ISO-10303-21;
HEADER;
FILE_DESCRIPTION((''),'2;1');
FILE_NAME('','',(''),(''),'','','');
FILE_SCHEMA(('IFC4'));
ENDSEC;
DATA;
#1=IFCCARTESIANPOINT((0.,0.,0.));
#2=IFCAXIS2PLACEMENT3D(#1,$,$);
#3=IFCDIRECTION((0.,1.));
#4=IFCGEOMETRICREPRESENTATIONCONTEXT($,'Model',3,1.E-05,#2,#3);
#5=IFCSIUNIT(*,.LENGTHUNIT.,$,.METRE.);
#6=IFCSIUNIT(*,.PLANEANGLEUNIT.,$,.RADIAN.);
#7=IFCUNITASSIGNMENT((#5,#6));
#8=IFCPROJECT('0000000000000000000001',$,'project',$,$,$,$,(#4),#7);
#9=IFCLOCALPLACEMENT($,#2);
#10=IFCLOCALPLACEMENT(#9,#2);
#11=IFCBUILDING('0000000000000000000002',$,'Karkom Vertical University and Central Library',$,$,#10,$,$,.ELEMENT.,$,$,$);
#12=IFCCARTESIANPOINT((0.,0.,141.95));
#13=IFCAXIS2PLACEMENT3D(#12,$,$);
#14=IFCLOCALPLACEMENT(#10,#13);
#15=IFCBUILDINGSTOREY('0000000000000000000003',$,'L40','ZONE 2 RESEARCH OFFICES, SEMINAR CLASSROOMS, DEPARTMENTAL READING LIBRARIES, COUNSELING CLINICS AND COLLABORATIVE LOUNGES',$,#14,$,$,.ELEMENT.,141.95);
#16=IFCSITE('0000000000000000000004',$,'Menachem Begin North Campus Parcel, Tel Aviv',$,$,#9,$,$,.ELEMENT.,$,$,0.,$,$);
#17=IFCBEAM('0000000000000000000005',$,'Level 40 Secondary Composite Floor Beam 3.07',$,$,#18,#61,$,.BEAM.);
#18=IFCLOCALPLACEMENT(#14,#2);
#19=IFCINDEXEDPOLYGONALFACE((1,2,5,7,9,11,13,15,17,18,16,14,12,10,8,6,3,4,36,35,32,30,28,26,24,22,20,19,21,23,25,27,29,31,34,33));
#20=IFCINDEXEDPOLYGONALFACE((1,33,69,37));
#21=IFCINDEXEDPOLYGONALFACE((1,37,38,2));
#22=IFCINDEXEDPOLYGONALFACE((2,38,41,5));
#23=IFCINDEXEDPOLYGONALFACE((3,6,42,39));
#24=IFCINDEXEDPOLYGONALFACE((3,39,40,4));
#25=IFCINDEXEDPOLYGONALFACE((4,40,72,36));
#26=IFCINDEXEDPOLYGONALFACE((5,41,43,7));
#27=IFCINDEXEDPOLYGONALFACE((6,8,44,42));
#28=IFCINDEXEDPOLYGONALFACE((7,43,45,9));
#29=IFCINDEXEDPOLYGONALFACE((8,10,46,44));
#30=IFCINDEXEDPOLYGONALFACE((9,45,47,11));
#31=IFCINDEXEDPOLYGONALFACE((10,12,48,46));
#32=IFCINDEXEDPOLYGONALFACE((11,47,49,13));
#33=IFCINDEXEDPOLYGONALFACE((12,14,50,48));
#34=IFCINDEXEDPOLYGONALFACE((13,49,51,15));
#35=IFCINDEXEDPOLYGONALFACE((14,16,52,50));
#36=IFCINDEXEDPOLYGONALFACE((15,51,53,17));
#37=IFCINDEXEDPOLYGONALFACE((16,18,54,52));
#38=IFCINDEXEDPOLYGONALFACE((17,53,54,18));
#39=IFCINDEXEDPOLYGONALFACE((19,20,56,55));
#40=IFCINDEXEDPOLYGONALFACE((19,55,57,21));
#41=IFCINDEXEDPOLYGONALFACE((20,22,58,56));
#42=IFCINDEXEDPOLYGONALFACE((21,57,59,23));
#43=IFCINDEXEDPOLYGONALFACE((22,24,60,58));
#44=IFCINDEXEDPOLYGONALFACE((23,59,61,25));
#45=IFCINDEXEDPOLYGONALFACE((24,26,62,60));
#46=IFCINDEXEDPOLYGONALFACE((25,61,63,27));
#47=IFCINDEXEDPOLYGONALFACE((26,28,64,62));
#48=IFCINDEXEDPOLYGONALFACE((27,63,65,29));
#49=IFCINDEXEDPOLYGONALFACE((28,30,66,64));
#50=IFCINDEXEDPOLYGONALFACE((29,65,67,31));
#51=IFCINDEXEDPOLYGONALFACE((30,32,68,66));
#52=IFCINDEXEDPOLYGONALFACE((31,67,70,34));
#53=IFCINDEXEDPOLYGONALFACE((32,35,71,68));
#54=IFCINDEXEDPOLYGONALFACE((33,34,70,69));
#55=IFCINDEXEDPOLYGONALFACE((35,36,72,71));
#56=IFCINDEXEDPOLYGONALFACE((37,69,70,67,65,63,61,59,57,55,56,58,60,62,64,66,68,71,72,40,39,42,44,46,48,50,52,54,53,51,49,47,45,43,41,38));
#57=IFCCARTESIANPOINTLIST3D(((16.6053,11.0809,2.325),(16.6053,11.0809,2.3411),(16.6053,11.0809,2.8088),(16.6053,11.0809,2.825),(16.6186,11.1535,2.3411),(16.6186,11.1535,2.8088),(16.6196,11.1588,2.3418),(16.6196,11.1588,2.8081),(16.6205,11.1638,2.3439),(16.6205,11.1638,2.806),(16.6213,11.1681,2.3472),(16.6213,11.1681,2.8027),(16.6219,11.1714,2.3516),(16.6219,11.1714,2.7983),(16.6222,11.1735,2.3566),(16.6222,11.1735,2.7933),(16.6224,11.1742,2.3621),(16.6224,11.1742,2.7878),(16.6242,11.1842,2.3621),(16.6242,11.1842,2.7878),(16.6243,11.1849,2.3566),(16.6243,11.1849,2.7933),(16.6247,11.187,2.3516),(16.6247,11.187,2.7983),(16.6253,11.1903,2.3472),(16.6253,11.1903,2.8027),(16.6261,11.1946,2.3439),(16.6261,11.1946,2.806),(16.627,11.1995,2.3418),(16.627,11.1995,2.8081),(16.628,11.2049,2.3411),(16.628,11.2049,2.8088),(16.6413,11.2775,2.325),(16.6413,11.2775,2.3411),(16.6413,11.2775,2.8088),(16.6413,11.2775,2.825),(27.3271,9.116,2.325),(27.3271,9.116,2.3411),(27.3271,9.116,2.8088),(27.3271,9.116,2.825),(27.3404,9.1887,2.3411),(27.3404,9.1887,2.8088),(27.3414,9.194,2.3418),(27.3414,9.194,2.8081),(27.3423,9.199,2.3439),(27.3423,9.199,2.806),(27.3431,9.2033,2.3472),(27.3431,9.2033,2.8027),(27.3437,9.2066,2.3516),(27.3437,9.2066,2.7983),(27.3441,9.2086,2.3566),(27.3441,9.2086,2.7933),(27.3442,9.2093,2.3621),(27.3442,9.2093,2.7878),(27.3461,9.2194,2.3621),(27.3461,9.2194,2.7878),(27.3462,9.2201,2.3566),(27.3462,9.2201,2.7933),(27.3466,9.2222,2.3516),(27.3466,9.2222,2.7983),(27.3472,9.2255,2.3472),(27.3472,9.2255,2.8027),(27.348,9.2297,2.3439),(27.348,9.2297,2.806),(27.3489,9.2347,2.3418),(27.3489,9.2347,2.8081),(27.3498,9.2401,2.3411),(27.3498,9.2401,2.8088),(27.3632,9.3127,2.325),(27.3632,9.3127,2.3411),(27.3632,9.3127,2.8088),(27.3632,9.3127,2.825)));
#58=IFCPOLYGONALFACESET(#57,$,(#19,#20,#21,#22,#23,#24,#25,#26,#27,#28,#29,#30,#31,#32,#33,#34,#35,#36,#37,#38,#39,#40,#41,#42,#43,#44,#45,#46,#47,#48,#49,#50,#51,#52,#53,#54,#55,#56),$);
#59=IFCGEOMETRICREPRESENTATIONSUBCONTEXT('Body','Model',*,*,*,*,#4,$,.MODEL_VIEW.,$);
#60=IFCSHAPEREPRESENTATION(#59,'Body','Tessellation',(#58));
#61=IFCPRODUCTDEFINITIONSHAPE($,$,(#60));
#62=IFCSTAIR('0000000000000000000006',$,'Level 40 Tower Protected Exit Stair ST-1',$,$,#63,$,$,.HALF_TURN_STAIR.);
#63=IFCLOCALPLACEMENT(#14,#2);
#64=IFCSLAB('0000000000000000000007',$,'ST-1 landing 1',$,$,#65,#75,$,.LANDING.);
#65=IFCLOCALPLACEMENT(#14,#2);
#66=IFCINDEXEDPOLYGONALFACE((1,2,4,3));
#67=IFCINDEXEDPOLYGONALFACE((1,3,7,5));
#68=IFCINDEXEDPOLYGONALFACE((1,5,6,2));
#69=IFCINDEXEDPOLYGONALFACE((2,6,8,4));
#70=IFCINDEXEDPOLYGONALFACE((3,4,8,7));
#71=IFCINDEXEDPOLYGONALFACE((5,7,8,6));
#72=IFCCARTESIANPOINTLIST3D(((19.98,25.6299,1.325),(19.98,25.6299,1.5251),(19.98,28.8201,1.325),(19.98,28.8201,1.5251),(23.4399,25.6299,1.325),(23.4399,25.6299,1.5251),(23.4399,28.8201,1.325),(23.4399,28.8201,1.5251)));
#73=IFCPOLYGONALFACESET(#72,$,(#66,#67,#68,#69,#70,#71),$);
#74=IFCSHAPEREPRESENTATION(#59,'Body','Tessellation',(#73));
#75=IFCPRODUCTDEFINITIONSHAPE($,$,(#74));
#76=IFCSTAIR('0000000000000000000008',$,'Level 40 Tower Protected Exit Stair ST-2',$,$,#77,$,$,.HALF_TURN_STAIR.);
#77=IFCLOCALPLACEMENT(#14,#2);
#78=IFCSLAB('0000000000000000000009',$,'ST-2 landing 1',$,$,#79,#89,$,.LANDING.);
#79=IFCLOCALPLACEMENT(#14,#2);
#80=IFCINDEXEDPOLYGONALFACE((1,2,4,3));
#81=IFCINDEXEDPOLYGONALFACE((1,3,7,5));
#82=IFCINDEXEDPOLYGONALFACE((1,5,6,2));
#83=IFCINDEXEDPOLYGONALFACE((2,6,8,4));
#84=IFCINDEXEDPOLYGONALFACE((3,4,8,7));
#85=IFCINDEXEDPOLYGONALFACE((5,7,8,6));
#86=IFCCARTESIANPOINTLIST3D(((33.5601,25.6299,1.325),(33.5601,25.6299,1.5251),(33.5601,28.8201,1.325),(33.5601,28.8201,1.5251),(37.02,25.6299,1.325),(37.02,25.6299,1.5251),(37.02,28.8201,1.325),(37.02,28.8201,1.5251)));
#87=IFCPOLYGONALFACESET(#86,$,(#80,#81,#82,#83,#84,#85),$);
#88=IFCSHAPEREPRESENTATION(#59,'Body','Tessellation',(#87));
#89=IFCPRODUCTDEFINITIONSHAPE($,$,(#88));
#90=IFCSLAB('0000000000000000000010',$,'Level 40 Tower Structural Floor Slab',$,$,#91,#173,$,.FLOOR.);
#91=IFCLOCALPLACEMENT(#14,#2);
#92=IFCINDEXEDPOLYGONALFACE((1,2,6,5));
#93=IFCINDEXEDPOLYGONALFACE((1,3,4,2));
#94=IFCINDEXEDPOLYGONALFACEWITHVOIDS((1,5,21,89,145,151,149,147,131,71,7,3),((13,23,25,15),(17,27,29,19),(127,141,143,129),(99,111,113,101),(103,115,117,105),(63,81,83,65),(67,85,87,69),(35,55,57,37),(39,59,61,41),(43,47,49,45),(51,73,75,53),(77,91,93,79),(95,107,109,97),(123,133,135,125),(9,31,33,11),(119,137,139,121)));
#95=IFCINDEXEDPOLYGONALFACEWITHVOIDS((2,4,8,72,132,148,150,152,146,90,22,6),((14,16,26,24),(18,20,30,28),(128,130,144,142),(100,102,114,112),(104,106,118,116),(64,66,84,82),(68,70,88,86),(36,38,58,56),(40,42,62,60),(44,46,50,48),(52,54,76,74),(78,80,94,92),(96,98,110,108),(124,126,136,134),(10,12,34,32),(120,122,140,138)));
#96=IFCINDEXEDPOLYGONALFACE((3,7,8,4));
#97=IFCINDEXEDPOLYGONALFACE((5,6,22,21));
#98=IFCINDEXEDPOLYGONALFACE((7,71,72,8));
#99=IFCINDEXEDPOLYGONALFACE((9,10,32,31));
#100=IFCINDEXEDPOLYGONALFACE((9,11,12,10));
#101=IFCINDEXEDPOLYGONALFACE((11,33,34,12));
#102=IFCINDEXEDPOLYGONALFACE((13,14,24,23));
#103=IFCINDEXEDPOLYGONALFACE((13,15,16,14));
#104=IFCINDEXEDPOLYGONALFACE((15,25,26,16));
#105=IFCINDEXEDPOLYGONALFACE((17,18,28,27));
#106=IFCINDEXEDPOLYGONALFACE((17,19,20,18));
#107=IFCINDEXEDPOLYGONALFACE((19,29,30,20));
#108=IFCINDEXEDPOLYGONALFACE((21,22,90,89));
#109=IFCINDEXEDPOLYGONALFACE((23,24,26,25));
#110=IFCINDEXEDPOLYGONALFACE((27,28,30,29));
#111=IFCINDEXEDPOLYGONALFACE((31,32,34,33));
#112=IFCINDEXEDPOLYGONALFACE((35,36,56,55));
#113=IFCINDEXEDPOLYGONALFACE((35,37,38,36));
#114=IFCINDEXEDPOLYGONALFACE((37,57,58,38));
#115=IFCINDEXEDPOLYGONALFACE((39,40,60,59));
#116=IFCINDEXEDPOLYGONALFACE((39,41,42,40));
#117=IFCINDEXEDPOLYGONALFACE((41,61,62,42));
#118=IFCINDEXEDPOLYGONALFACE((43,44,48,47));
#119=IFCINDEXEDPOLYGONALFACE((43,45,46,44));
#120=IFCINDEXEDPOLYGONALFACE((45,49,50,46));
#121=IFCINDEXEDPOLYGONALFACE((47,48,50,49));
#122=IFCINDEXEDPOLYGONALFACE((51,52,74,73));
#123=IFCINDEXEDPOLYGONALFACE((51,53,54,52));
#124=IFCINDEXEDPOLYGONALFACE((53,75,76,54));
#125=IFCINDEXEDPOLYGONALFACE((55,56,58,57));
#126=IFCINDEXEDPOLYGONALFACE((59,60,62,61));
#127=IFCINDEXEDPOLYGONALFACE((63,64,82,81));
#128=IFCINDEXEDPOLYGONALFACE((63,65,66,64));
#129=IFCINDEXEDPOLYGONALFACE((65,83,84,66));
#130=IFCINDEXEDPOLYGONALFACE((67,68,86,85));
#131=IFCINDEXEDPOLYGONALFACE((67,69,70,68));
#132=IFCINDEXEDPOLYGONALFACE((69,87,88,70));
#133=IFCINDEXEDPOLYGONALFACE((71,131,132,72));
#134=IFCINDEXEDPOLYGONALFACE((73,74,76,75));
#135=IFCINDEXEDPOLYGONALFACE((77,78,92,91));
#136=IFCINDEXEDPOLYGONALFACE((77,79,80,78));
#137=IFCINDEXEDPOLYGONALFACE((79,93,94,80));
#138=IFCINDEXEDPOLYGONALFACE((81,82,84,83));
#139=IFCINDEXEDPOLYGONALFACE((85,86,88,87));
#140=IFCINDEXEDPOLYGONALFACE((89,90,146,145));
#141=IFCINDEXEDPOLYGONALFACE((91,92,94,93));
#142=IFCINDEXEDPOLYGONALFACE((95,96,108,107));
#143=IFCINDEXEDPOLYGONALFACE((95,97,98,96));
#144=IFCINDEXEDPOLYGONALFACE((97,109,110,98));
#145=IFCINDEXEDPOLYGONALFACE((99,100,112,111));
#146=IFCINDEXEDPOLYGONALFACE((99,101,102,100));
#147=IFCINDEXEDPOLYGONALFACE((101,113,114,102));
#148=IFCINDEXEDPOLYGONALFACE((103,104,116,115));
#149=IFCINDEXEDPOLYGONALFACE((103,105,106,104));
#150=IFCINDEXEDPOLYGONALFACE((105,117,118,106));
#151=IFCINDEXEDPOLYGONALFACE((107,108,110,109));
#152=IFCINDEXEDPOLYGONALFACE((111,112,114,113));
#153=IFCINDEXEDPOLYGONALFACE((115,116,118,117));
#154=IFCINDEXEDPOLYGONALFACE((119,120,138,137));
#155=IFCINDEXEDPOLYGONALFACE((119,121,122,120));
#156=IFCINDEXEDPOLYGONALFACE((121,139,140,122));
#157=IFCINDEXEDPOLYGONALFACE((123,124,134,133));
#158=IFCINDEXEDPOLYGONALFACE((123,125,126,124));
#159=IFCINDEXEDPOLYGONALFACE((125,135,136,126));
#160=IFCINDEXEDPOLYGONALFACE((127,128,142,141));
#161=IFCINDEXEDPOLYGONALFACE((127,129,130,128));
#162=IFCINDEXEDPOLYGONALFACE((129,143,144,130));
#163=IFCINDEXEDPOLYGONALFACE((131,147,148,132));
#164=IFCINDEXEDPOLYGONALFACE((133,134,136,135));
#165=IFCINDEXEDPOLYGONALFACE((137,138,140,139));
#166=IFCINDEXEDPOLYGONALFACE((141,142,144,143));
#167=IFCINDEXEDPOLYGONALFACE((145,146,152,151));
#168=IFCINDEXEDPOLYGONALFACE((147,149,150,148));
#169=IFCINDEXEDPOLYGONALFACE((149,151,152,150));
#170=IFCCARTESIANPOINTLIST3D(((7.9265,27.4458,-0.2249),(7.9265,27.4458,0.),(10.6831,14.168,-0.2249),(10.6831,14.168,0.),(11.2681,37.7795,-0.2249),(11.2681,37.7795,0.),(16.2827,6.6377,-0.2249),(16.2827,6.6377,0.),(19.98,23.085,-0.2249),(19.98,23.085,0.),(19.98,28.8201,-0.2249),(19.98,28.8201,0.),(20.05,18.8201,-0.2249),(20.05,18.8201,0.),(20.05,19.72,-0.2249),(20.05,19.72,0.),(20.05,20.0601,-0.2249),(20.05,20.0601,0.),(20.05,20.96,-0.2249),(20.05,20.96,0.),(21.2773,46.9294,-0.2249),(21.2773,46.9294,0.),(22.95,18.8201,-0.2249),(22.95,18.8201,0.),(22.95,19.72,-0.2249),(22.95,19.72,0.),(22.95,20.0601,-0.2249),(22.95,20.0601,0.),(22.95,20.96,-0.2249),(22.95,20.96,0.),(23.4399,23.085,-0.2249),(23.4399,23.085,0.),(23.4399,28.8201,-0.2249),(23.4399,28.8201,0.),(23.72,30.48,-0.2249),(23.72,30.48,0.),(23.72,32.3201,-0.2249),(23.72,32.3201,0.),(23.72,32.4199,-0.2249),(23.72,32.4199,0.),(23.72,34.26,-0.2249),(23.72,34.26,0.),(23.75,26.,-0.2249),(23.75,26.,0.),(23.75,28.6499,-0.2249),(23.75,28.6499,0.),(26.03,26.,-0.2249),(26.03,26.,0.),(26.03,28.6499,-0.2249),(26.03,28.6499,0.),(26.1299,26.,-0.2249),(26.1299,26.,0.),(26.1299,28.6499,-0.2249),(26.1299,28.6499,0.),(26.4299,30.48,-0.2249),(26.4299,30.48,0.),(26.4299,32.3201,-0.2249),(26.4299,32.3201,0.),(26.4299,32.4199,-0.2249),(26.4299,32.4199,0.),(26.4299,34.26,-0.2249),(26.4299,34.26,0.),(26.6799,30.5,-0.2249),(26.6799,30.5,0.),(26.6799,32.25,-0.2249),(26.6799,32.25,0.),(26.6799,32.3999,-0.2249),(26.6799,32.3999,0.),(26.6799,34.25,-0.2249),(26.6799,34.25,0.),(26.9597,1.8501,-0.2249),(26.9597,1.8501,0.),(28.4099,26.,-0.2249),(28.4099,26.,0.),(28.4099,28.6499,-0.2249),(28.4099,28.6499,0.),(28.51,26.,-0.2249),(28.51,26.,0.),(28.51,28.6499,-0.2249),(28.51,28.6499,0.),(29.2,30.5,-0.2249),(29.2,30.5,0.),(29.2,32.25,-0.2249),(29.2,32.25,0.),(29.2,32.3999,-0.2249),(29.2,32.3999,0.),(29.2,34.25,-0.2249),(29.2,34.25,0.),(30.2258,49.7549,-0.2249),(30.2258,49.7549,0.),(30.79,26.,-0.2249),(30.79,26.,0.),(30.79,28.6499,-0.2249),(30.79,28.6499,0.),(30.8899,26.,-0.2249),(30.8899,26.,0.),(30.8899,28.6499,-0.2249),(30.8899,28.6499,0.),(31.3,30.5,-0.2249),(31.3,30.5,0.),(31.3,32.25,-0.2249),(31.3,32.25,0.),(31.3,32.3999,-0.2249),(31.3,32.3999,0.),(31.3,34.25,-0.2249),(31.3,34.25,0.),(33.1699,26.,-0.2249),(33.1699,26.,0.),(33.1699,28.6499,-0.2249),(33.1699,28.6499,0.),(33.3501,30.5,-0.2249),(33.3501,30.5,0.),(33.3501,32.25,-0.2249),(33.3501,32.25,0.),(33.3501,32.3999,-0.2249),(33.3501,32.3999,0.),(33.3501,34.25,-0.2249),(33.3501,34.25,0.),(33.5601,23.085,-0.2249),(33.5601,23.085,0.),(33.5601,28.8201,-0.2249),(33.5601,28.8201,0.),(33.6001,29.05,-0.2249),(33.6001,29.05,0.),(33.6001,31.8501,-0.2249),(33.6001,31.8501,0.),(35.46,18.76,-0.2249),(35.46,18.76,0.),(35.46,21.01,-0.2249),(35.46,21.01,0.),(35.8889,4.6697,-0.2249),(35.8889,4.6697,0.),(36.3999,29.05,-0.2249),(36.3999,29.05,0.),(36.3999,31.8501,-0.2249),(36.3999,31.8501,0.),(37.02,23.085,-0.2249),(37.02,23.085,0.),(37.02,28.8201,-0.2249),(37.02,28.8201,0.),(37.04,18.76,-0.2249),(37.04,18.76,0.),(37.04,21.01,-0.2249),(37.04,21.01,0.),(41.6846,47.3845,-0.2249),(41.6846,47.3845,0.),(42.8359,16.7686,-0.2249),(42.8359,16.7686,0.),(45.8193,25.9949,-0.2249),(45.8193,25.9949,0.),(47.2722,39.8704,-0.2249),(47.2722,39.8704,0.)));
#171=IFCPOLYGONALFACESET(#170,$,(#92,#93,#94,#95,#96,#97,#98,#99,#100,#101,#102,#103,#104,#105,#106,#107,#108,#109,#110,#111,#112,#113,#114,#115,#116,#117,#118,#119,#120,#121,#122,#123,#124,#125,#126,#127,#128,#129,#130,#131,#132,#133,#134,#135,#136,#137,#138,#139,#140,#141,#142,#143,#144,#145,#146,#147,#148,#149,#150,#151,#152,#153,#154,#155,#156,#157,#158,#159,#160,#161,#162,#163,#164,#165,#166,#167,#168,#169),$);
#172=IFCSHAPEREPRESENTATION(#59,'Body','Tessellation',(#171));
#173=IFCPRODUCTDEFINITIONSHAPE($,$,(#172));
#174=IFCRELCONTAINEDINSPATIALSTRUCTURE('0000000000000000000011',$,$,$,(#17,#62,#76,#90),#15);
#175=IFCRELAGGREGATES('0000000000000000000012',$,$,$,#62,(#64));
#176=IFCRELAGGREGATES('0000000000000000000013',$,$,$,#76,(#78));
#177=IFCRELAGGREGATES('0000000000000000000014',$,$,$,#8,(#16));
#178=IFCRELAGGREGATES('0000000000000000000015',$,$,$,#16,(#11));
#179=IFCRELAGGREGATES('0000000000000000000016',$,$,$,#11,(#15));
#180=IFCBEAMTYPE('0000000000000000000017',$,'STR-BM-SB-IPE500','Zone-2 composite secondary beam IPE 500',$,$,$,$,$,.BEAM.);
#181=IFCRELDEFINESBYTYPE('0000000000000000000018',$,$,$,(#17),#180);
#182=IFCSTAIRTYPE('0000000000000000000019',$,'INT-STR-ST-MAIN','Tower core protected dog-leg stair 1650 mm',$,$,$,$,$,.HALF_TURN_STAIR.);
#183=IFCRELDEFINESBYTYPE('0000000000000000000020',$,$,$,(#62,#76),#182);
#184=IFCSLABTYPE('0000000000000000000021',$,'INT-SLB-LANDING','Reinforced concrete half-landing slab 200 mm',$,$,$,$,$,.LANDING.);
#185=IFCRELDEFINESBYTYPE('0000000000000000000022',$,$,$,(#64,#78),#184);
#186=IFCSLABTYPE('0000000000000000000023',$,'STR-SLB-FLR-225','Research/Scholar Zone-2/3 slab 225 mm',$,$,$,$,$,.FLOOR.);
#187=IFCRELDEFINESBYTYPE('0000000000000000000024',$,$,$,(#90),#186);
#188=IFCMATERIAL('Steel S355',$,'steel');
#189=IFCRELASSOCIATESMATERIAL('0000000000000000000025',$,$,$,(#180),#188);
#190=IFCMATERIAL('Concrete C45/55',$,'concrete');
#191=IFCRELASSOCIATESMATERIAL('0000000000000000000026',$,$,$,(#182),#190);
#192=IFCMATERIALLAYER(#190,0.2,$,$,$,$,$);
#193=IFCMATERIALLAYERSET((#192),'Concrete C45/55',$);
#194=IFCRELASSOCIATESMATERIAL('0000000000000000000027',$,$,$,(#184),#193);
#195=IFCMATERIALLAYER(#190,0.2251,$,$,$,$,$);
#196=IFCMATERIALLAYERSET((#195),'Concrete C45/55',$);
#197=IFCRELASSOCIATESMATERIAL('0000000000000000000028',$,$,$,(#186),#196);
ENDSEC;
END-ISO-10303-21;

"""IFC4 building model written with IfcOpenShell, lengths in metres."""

from ifc_helpers import new_model, si_unit, direction, frame, origin, origin_with_axes, origin_2d, place, context, subcontext, project, spatial, polyline, i_section, outline, extrude, source, transform, mapped, material, layer, layer_set, material_profile, profile_set, type_object, element, aggregate, save


model = new_model("IFC4")

# Units and contexts
model_context = context("Model", 3, precision=1e-05, world=origin(), true_north=direction((0.0, 1.0)))
body_context = subcontext(model_context, "Body", "Model", "MODEL_VIEW")
ifc_project = project(units=[si_unit("LENGTHUNIT", "METRE"), si_unit("PLANEANGLEUNIT", "RADIAN")], contexts=[model_context])

# Site, building, storey
site_placement = place(None, origin())
site = spatial("IfcSite", under=ifc_project, at=site_placement, Name="Menachem Begin North Campus Parcel, Tel Aviv", CompositionType="ELEMENT", RefElevation=0.0)
building_placement = place(site_placement, origin())
building = spatial("IfcBuilding", under=site, at=building_placement, Name="Karkom Vertical University and Central Library", CompositionType="ELEMENT")
storey_placement = place(building_placement, frame((0.0, 0.0, 141.95)))
storey = spatial("IfcBuildingStorey", under=building, at=storey_placement, Name="L40", Description="ZONE 2 RESEARCH OFFICES, SEMINAR CLASSROOMS, DEPARTMENTAL READING LIBRARIES, COUNSELING CLINICS AND COLLABORATIVE LOUNGES", CompositionType="ELEMENT", Elevation=141.95)

# Beam
ifc_material_1 = material(Name="Steel S355", Category="steel")
ifc_material_profile_1 = material_profile(ifc_material_1, i_section(OverallWidth=0.2, OverallDepth=0.5, WebThickness=0.0103, FlangeThickness=0.0161, FilletRadius=0.021, at=origin_2d()), Name="IPE 500")
ifc_profile_set_1 = profile_set([ifc_material_profile_1], Name="Steel S355")
beam_type_1 = type_object("IfcBeamType", Name="STR-BM-SB-IPE500", Description="Zone-2 composite secondary beam IPE 500", PredefinedType="BEAM", material=ifc_profile_set_1)
shared_shape_1 = source(origin_with_axes(), body_context, "Body", "SweptSolid", [
    extrude(i_section(OverallWidth=0.2, OverallDepth=0.5, WebThickness=0.0103, FlangeThickness=0.0161, FilletRadius=0.021, at=origin_2d()), origin(), (0.0, 0.0, 1.0), 10.9004),
])
beam_1_placement = place(storey_placement, frame((16.6233, 11.1792, 2.575), z_axis=(0.98362, -0.180253, 0.0), x_axis=(0.180253, 0.98362, 0.0)))
element("IfcBeam", 1, at=beam_1_placement, inside=storey, type_object=beam_type_1, Name="Level 40 Secondary Composite Floor Beam 3.07", PredefinedType="BEAM", context=body_context, shape_type="MappedRepresentation", body=[
    mapped(shared_shape_1, transform((0.0, 0.0, 0.0), scale=1.0)),
])

# Stairs, slabs
ifc_material_2 = material(Name="Concrete C45/55", Category="concrete")
stair_type = type_object("IfcStairType", Name="INT-STR-ST-MAIN", Description="Tower core protected dog-leg stair 1650 mm", PredefinedType="HALF_TURN_STAIR", material=ifc_material_2)
stair_1_placement = place(storey_placement, origin())
stair_1 = element("IfcStair", 2, at=stair_1_placement, inside=storey, type_object=stair_type, Name="Level 40 Tower Protected Exit Stair ST-1", PredefinedType="HALF_TURN_STAIR")
ifc_layer_1 = layer(ifc_material_2, 0.2)
ifc_layer_set_1 = layer_set([ifc_layer_1], Name="Concrete C45/55")
slab_type_1 = type_object("IfcSlabType", Name="INT-SLB-LANDING", Description="Reinforced concrete half-landing slab 200 mm", PredefinedType="LANDING", material=ifc_layer_set_1)
slab_1_placement = place(storey_placement, frame((0.0, 0.0, 1.325)))
slab_1 = element("IfcSlab", 3, at=slab_1_placement, type_object=slab_type_1, Name="ST-1 landing 1", PredefinedType="LANDING", context=body_context, shape_type="SweptSolid", body=[
    extrude(outline(polyline([(23.4399, 25.6299), (23.4399, 28.8201), (19.98, 28.8201), (19.98, 25.6299), (23.4399, 25.6299)])), origin(), (0.0, 0.0, 1.0), 0.2002),
])
aggregate(stair_1, [slab_1])
stair_2_placement = place(storey_placement, origin())
stair_2 = element("IfcStair", 4, at=stair_2_placement, inside=storey, type_object=stair_type, Name="Level 40 Tower Protected Exit Stair ST-2", PredefinedType="HALF_TURN_STAIR")
slab_2_placement = place(storey_placement, frame((0.0, 0.0, 1.325)))
slab_2 = element("IfcSlab", 5, at=slab_2_placement, type_object=slab_type_1, Name="ST-2 landing 1", PredefinedType="LANDING", context=body_context, shape_type="SweptSolid", body=[
    extrude(outline(polyline([(37.02, 25.6299), (37.02, 28.8201), (33.5601, 28.8201), (33.5601, 25.6299), (37.02, 25.6299)])), origin(), (0.0, 0.0, 1.0), 0.2002),
])
aggregate(stair_2, [slab_2])

# Slab
ifc_layer_2 = layer(ifc_material_2, 0.2251)
ifc_layer_set_2 = layer_set([ifc_layer_2], Name="Concrete C45/55")
slab_type_2 = type_object("IfcSlabType", Name="STR-SLB-FLR-225", Description="Research/Scholar Zone-2/3 slab 225 mm", PredefinedType="FLOOR", material=ifc_layer_set_2)
slab_3_placement = place(storey_placement, frame((0.0, 0.0, -0.2249)))
element("IfcSlab", 6, at=slab_3_placement, inside=storey, type_object=slab_type_2, Name="Level 40 Tower Structural Floor Slab", PredefinedType="FLOOR", context=body_context, shape_type="SweptSolid", body=[
    extrude(outline(polyline([(11.2681, 37.7795), (7.9265, 27.4458), (10.6831, 14.168), (16.2827, 6.6377), (26.9597, 1.8501), (35.8889, 4.6697), (42.8359, 16.7686), (45.8193, 25.9949), (47.2722, 39.8704), (41.6846, 47.3845), (30.2258, 49.7549), (21.2773, 46.9294), (11.2681, 37.7795)]), holes=[polyline([(19.98, 23.085), (23.4399, 23.085), (23.4399, 28.8201), (19.98, 28.8201), (19.98, 23.085)]), polyline([(33.5601, 23.085), (37.02, 23.085), (37.02, 28.8201), (33.5601, 28.8201), (33.5601, 23.085)]), polyline([(23.75, 26.0), (26.03, 26.0), (26.03, 28.6499), (23.75, 28.6499), (23.75, 26.0)]), polyline([(26.1299, 26.0), (28.4099, 26.0), (28.4099, 28.6499), (26.1299, 28.6499), (26.1299, 26.0)]), polyline([(28.51, 26.0), (30.79, 26.0), (30.79, 28.6499), (28.51, 28.6499), (28.51, 26.0)]), polyline([(30.8899, 26.0), (33.1699, 26.0), (33.1699, 28.6499), (30.8899, 28.6499), (30.8899, 26.0)]), polyline([(26.6799, 30.5), (29.2, 30.5), (29.2, 32.25), (26.6799, 32.25), (26.6799, 30.5)]), polyline([(26.6799, 32.3999), (29.2, 32.3999), (29.2, 34.25), (26.6799, 34.25), (26.6799, 32.3999)]), polyline([(31.3, 30.5), (33.3501, 30.5), (33.3501, 32.25), (31.3, 32.25), (31.3, 30.5)]), polyline([(31.3, 32.3999), (33.3501, 32.3999), (33.3501, 34.25), (31.3, 34.25), (31.3, 32.3999)]), polyline([(23.72, 30.48), (26.4299, 30.48), (26.4299, 32.3201), (23.72, 32.3201), (23.72, 30.48)]), polyline([(23.72, 32.4199), (26.4299, 32.4199), (26.4299, 34.26), (23.72, 34.26), (23.72, 32.4199)]), polyline([(33.6001, 29.05), (36.3999, 29.05), (36.3999, 31.8501), (33.6001, 31.8501), (33.6001, 29.05)]), polyline([(20.05, 18.8201), (22.95, 18.8201), (22.95, 19.72), (20.05, 19.72), (20.05, 18.8201)]), polyline([(20.05, 20.0601), (22.95, 20.0601), (22.95, 20.96), (20.05, 20.96), (20.05, 20.0601)]), polyline([(35.46, 18.76), (37.04, 18.76), (37.04, 21.01), (35.46, 21.01), (35.46, 18.76)])]), origin(), (0.0, 0.0, 1.0), 0.2249),
])

save(model, "model.ifc")
